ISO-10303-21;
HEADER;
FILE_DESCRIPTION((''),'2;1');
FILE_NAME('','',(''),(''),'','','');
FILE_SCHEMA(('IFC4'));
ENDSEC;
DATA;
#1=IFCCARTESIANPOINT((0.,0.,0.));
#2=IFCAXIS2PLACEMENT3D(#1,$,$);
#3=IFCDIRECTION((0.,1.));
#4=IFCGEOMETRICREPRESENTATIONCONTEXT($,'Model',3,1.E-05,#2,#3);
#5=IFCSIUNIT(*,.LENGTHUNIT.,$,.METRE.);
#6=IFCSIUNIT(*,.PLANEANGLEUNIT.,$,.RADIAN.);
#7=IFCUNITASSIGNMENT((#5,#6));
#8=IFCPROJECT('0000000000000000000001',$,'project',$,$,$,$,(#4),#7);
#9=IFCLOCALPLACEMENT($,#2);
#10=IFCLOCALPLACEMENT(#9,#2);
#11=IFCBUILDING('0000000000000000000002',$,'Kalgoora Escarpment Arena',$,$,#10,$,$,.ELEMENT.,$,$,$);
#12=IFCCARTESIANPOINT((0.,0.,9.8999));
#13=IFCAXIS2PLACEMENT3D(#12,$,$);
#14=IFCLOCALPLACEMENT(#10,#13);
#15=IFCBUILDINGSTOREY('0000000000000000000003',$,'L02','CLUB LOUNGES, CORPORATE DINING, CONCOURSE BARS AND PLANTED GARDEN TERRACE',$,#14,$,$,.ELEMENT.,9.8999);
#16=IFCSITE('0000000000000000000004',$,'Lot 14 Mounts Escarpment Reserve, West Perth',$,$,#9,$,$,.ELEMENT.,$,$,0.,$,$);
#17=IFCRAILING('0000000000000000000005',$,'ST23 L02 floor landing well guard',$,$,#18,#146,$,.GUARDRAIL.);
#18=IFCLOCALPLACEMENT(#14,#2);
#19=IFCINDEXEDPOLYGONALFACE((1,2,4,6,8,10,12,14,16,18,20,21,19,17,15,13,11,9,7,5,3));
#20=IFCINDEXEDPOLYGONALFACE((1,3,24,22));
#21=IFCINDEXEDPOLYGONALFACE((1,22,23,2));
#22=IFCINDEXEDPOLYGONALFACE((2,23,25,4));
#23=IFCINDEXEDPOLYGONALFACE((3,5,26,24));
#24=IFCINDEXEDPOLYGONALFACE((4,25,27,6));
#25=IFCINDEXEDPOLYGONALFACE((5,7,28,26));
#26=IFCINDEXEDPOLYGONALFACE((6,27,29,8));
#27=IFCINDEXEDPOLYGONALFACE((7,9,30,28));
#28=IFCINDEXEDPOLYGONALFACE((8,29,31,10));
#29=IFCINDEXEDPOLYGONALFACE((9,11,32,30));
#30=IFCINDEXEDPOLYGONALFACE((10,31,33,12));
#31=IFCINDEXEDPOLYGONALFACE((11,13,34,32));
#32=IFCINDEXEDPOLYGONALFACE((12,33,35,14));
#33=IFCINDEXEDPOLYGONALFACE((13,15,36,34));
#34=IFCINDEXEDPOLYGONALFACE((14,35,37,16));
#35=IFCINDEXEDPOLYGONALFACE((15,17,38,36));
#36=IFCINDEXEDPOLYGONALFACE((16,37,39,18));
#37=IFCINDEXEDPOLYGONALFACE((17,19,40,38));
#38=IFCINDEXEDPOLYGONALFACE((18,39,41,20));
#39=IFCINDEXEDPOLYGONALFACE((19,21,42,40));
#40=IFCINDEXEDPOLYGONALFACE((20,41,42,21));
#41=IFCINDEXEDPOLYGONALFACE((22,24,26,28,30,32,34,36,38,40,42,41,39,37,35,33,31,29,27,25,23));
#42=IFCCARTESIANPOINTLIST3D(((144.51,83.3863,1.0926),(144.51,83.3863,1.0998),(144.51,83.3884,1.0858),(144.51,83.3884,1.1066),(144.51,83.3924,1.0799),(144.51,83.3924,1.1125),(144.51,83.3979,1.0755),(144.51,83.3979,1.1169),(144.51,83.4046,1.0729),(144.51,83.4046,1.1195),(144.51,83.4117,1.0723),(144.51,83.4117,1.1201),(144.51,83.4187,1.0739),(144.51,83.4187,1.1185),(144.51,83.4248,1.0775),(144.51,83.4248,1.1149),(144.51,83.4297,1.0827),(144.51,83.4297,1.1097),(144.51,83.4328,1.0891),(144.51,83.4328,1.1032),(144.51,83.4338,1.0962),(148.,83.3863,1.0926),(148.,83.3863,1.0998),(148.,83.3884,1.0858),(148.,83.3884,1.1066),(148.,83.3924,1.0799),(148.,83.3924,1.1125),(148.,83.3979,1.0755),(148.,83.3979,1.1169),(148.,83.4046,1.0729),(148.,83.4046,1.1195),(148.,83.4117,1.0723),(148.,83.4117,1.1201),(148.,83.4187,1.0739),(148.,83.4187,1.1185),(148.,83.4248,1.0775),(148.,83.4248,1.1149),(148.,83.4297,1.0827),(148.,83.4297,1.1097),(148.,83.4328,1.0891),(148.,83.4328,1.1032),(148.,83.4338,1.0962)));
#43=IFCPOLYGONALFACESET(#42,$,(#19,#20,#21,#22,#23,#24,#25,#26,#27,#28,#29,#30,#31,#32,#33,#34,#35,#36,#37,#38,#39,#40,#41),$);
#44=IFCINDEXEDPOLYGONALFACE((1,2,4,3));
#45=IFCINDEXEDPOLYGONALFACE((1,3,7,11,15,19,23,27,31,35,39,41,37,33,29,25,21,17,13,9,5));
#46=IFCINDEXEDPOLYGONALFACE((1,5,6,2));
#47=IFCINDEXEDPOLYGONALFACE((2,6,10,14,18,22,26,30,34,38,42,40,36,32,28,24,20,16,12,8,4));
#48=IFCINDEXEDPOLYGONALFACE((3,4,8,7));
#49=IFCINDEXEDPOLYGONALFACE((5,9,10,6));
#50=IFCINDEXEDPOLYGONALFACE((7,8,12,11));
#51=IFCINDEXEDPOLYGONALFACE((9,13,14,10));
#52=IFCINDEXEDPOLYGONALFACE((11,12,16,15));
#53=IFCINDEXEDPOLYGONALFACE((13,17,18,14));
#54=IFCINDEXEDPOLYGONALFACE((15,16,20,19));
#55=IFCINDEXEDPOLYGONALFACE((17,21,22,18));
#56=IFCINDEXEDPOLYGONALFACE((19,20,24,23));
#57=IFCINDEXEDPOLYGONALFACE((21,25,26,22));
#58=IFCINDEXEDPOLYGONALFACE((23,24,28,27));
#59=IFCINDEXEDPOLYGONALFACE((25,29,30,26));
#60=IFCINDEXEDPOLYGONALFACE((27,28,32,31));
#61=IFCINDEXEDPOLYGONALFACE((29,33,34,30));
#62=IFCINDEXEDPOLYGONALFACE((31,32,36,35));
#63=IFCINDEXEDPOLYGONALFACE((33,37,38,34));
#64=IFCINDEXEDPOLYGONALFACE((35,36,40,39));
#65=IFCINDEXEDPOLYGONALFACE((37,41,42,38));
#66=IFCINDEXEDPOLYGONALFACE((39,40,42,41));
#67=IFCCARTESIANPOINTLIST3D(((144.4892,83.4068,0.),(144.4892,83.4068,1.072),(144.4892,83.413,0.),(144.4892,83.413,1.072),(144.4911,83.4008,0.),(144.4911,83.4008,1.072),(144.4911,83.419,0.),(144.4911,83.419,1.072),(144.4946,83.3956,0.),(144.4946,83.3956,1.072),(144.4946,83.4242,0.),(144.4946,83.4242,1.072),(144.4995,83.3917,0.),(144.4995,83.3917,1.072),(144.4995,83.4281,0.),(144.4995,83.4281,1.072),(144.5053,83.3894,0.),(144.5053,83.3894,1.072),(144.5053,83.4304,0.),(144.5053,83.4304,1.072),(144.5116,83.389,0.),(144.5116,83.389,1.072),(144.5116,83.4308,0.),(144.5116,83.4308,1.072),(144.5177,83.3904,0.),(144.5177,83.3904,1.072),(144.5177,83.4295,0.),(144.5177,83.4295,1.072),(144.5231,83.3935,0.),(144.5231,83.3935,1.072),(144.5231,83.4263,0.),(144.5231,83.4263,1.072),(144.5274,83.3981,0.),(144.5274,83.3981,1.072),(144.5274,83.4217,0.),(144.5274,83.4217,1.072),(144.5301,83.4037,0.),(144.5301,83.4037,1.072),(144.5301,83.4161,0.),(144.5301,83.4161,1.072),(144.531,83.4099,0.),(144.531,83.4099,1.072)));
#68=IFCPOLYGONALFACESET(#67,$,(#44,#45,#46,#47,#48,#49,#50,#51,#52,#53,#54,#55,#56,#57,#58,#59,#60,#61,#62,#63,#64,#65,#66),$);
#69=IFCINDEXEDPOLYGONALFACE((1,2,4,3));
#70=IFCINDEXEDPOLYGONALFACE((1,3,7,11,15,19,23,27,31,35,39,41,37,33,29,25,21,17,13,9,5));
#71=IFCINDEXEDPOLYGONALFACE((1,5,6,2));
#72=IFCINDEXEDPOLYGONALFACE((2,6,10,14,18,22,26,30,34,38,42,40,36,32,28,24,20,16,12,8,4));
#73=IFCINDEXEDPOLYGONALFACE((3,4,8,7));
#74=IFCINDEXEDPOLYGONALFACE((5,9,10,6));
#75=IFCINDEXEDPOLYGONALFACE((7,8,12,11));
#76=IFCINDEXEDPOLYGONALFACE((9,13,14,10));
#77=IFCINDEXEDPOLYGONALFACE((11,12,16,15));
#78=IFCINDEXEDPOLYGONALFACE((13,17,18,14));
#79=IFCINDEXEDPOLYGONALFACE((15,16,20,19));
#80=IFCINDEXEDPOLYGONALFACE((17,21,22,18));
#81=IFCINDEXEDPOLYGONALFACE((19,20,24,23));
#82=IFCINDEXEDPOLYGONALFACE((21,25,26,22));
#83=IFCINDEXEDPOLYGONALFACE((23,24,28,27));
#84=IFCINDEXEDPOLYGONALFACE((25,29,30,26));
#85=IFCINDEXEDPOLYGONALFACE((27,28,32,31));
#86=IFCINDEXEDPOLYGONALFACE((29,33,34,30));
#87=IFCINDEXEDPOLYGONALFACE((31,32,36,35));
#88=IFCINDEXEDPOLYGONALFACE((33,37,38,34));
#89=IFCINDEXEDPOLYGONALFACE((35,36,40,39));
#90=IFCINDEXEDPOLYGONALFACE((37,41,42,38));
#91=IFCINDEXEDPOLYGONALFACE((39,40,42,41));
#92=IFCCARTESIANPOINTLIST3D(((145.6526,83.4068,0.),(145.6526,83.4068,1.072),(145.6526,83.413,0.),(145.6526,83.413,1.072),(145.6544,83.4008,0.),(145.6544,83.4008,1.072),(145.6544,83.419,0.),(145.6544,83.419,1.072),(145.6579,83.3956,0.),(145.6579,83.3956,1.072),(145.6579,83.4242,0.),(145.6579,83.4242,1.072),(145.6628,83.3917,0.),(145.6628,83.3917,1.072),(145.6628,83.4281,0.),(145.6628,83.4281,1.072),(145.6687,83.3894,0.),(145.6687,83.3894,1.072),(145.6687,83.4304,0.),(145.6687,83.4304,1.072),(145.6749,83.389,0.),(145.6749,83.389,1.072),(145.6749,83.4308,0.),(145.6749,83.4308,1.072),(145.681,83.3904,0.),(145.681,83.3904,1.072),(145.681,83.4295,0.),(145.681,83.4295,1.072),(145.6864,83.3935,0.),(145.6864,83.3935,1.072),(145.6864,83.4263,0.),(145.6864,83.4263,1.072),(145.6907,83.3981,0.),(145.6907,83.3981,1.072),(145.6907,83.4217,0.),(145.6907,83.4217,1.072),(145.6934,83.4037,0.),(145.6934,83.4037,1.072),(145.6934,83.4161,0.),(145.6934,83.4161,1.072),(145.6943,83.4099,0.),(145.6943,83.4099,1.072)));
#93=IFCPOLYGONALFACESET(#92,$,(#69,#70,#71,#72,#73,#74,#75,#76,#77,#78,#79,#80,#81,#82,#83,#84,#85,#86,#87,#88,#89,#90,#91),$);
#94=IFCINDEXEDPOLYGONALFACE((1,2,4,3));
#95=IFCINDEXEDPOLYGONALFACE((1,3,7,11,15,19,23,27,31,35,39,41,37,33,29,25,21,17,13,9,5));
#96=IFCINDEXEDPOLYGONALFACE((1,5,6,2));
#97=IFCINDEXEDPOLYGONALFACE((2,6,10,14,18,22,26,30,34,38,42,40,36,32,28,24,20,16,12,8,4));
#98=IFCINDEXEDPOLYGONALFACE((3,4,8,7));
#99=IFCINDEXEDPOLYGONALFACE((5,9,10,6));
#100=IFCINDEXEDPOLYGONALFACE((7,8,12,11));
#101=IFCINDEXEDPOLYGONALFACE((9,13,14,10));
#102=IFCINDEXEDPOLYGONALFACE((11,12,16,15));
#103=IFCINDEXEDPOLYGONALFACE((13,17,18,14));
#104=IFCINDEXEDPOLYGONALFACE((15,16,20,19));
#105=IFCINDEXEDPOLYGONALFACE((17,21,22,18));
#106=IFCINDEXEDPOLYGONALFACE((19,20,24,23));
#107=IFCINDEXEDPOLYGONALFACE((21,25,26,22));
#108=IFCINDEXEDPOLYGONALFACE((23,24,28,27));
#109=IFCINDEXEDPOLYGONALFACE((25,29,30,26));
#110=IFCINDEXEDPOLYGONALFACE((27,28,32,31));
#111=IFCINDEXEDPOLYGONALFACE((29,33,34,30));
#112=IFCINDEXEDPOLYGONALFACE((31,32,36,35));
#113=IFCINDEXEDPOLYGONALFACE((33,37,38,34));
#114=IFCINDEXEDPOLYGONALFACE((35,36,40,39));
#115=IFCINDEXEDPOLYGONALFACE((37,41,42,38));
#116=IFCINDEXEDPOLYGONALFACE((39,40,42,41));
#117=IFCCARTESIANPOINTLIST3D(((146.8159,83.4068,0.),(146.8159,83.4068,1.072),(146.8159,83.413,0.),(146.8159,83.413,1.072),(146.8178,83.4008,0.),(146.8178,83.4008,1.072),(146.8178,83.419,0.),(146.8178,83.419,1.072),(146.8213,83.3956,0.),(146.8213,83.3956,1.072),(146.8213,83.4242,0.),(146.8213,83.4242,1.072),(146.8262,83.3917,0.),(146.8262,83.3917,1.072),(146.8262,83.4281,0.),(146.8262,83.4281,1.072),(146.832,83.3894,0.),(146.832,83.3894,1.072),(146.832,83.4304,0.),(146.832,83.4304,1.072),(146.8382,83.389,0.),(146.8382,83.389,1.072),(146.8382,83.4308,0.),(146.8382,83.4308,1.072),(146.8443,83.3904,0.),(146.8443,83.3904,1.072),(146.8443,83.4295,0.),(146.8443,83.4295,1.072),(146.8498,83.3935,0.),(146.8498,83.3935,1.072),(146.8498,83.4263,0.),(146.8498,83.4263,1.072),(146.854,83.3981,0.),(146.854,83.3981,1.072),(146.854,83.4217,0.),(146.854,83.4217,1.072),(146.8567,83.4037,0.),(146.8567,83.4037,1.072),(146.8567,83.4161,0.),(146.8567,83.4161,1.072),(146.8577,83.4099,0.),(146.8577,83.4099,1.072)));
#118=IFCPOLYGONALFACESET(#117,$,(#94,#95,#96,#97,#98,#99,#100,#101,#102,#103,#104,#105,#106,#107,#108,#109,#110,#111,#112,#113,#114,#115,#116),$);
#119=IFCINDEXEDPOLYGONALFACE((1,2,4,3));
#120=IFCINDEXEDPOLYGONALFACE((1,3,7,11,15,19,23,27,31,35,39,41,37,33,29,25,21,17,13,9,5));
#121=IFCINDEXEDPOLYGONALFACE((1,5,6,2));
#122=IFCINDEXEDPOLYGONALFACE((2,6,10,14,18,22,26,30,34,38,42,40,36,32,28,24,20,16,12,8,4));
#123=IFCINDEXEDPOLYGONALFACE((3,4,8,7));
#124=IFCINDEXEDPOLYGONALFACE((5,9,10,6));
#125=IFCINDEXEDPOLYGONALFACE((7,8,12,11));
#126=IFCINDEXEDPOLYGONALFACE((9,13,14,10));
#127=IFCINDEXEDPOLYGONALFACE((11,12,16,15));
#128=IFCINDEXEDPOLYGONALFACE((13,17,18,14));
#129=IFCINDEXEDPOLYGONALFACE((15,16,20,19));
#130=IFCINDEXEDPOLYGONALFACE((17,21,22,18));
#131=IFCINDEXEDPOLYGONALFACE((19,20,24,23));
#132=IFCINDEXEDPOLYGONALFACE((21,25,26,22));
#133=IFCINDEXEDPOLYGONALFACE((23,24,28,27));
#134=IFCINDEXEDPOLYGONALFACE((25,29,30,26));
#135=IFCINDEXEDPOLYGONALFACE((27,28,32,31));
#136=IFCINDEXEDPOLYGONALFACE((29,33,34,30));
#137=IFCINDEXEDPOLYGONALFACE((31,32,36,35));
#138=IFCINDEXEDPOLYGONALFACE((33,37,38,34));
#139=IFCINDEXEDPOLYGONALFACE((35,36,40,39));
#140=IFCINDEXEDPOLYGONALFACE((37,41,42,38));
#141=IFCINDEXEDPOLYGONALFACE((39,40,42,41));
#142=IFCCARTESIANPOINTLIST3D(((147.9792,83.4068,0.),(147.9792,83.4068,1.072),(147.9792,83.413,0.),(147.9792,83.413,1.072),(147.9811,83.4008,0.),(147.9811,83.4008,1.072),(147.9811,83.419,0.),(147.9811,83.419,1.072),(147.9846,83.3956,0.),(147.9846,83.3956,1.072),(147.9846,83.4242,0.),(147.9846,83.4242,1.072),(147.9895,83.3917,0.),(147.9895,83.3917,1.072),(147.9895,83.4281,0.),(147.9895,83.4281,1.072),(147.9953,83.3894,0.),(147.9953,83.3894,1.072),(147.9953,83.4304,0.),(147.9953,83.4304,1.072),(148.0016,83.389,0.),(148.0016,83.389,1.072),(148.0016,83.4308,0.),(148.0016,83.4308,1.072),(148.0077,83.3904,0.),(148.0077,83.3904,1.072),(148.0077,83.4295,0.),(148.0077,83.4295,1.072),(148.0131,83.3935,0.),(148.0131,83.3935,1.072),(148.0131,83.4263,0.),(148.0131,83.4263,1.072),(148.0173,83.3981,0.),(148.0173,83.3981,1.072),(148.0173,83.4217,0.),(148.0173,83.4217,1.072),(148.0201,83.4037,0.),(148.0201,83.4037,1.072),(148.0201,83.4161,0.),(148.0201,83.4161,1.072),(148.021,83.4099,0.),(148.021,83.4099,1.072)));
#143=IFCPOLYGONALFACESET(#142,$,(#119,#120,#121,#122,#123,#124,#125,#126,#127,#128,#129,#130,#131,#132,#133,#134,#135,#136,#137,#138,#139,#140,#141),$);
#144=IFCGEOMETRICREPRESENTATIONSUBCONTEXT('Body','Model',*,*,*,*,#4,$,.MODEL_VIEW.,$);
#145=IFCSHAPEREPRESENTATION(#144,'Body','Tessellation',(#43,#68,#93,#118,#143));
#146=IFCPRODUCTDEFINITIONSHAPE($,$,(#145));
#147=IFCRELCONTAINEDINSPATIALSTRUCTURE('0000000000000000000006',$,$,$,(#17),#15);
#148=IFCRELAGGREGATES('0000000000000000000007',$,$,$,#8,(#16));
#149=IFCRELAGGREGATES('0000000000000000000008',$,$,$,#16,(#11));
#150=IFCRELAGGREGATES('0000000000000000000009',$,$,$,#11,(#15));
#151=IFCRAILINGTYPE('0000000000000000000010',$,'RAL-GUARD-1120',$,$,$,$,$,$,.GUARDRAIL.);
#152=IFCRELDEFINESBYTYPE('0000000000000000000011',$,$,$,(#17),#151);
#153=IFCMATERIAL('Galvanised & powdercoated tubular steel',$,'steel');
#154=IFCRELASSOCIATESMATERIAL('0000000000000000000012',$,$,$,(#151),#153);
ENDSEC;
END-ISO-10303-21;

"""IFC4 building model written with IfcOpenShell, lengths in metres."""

from ifc_helpers import new_model, si_unit, direction, frame, origin, origin_2d, place, context, subcontext, project, spatial, circle, extrude, material, type_object, element, save


model = new_model("IFC4")

# Units and contexts
model_context = context("Model", 3, precision=1e-05, world=origin(), true_north=direction((0.0, 1.0)))
body_context = subcontext(model_context, "Body", "Model", "MODEL_VIEW")
ifc_project = project(units=[si_unit("LENGTHUNIT", "METRE"), si_unit("PLANEANGLEUNIT", "RADIAN")], contexts=[model_context])

# Site, building, storey
site_placement = place(None, origin())
site = spatial("IfcSite", under=ifc_project, at=site_placement, Name="Lot 14 Mounts Escarpment Reserve, West Perth", CompositionType="ELEMENT", RefElevation=0.0)
building_placement = place(site_placement, origin())
building = spatial("IfcBuilding", under=site, at=building_placement, Name="Kalgoora Escarpment Arena", CompositionType="ELEMENT")
storey_placement = place(building_placement, frame((0.0, 0.0, 9.8999)))
storey = spatial("IfcBuildingStorey", under=building, at=storey_placement, Name="L02", Description="CLUB LOUNGES, CORPORATE DINING, CONCOURSE BARS AND PLANTED GARDEN TERRACE", CompositionType="ELEMENT", Elevation=9.8999)

# Railing
ifc_material_1 = material(Name="Galvanised & powdercoated tubular steel", Category="steel")
railing_type_1 = type_object("IfcRailingType", Name="RAL-GUARD-1120", PredefinedType="GUARDRAIL", material=ifc_material_1)
railing_1_placement = place(storey_placement, frame((144.51, 83.4099, 0.0)))
element("IfcRailing", 1, at=railing_1_placement, inside=storey, type_object=railing_type_1, Name="ST23 L02 floor landing well guard", PredefinedType="GUARDRAIL", context=body_context, shape_type="SweptSolid", body=[
    extrude(circle(Radius=0.0239, at=origin_2d()), frame((0.0, 0.0, 1.0962), z_axis=(1.0, 0.0, 0.0), x_axis=(0.0, 1.0, 0.0)), (0.0, 0.0, 1.0), 3.49),
    extrude(circle(Radius=0.021, at=origin_2d()), origin(), (0.0, 0.0, 1.0), 1.072),
    extrude(circle(Radius=0.021, at=origin_2d()), frame((1.1633, 0.0, 0.0)), (0.0, 0.0, 1.0), 1.072),
    extrude(circle(Radius=0.021, at=origin_2d()), frame((2.3267, 0.0, 0.0)), (0.0, 0.0, 1.0), 1.072),
    extrude(circle(Radius=0.021, at=origin_2d()), frame((3.49, 0.0, 0.0)), (0.0, 0.0, 1.0), 1.072),
])

save(model, "model.ifc")
